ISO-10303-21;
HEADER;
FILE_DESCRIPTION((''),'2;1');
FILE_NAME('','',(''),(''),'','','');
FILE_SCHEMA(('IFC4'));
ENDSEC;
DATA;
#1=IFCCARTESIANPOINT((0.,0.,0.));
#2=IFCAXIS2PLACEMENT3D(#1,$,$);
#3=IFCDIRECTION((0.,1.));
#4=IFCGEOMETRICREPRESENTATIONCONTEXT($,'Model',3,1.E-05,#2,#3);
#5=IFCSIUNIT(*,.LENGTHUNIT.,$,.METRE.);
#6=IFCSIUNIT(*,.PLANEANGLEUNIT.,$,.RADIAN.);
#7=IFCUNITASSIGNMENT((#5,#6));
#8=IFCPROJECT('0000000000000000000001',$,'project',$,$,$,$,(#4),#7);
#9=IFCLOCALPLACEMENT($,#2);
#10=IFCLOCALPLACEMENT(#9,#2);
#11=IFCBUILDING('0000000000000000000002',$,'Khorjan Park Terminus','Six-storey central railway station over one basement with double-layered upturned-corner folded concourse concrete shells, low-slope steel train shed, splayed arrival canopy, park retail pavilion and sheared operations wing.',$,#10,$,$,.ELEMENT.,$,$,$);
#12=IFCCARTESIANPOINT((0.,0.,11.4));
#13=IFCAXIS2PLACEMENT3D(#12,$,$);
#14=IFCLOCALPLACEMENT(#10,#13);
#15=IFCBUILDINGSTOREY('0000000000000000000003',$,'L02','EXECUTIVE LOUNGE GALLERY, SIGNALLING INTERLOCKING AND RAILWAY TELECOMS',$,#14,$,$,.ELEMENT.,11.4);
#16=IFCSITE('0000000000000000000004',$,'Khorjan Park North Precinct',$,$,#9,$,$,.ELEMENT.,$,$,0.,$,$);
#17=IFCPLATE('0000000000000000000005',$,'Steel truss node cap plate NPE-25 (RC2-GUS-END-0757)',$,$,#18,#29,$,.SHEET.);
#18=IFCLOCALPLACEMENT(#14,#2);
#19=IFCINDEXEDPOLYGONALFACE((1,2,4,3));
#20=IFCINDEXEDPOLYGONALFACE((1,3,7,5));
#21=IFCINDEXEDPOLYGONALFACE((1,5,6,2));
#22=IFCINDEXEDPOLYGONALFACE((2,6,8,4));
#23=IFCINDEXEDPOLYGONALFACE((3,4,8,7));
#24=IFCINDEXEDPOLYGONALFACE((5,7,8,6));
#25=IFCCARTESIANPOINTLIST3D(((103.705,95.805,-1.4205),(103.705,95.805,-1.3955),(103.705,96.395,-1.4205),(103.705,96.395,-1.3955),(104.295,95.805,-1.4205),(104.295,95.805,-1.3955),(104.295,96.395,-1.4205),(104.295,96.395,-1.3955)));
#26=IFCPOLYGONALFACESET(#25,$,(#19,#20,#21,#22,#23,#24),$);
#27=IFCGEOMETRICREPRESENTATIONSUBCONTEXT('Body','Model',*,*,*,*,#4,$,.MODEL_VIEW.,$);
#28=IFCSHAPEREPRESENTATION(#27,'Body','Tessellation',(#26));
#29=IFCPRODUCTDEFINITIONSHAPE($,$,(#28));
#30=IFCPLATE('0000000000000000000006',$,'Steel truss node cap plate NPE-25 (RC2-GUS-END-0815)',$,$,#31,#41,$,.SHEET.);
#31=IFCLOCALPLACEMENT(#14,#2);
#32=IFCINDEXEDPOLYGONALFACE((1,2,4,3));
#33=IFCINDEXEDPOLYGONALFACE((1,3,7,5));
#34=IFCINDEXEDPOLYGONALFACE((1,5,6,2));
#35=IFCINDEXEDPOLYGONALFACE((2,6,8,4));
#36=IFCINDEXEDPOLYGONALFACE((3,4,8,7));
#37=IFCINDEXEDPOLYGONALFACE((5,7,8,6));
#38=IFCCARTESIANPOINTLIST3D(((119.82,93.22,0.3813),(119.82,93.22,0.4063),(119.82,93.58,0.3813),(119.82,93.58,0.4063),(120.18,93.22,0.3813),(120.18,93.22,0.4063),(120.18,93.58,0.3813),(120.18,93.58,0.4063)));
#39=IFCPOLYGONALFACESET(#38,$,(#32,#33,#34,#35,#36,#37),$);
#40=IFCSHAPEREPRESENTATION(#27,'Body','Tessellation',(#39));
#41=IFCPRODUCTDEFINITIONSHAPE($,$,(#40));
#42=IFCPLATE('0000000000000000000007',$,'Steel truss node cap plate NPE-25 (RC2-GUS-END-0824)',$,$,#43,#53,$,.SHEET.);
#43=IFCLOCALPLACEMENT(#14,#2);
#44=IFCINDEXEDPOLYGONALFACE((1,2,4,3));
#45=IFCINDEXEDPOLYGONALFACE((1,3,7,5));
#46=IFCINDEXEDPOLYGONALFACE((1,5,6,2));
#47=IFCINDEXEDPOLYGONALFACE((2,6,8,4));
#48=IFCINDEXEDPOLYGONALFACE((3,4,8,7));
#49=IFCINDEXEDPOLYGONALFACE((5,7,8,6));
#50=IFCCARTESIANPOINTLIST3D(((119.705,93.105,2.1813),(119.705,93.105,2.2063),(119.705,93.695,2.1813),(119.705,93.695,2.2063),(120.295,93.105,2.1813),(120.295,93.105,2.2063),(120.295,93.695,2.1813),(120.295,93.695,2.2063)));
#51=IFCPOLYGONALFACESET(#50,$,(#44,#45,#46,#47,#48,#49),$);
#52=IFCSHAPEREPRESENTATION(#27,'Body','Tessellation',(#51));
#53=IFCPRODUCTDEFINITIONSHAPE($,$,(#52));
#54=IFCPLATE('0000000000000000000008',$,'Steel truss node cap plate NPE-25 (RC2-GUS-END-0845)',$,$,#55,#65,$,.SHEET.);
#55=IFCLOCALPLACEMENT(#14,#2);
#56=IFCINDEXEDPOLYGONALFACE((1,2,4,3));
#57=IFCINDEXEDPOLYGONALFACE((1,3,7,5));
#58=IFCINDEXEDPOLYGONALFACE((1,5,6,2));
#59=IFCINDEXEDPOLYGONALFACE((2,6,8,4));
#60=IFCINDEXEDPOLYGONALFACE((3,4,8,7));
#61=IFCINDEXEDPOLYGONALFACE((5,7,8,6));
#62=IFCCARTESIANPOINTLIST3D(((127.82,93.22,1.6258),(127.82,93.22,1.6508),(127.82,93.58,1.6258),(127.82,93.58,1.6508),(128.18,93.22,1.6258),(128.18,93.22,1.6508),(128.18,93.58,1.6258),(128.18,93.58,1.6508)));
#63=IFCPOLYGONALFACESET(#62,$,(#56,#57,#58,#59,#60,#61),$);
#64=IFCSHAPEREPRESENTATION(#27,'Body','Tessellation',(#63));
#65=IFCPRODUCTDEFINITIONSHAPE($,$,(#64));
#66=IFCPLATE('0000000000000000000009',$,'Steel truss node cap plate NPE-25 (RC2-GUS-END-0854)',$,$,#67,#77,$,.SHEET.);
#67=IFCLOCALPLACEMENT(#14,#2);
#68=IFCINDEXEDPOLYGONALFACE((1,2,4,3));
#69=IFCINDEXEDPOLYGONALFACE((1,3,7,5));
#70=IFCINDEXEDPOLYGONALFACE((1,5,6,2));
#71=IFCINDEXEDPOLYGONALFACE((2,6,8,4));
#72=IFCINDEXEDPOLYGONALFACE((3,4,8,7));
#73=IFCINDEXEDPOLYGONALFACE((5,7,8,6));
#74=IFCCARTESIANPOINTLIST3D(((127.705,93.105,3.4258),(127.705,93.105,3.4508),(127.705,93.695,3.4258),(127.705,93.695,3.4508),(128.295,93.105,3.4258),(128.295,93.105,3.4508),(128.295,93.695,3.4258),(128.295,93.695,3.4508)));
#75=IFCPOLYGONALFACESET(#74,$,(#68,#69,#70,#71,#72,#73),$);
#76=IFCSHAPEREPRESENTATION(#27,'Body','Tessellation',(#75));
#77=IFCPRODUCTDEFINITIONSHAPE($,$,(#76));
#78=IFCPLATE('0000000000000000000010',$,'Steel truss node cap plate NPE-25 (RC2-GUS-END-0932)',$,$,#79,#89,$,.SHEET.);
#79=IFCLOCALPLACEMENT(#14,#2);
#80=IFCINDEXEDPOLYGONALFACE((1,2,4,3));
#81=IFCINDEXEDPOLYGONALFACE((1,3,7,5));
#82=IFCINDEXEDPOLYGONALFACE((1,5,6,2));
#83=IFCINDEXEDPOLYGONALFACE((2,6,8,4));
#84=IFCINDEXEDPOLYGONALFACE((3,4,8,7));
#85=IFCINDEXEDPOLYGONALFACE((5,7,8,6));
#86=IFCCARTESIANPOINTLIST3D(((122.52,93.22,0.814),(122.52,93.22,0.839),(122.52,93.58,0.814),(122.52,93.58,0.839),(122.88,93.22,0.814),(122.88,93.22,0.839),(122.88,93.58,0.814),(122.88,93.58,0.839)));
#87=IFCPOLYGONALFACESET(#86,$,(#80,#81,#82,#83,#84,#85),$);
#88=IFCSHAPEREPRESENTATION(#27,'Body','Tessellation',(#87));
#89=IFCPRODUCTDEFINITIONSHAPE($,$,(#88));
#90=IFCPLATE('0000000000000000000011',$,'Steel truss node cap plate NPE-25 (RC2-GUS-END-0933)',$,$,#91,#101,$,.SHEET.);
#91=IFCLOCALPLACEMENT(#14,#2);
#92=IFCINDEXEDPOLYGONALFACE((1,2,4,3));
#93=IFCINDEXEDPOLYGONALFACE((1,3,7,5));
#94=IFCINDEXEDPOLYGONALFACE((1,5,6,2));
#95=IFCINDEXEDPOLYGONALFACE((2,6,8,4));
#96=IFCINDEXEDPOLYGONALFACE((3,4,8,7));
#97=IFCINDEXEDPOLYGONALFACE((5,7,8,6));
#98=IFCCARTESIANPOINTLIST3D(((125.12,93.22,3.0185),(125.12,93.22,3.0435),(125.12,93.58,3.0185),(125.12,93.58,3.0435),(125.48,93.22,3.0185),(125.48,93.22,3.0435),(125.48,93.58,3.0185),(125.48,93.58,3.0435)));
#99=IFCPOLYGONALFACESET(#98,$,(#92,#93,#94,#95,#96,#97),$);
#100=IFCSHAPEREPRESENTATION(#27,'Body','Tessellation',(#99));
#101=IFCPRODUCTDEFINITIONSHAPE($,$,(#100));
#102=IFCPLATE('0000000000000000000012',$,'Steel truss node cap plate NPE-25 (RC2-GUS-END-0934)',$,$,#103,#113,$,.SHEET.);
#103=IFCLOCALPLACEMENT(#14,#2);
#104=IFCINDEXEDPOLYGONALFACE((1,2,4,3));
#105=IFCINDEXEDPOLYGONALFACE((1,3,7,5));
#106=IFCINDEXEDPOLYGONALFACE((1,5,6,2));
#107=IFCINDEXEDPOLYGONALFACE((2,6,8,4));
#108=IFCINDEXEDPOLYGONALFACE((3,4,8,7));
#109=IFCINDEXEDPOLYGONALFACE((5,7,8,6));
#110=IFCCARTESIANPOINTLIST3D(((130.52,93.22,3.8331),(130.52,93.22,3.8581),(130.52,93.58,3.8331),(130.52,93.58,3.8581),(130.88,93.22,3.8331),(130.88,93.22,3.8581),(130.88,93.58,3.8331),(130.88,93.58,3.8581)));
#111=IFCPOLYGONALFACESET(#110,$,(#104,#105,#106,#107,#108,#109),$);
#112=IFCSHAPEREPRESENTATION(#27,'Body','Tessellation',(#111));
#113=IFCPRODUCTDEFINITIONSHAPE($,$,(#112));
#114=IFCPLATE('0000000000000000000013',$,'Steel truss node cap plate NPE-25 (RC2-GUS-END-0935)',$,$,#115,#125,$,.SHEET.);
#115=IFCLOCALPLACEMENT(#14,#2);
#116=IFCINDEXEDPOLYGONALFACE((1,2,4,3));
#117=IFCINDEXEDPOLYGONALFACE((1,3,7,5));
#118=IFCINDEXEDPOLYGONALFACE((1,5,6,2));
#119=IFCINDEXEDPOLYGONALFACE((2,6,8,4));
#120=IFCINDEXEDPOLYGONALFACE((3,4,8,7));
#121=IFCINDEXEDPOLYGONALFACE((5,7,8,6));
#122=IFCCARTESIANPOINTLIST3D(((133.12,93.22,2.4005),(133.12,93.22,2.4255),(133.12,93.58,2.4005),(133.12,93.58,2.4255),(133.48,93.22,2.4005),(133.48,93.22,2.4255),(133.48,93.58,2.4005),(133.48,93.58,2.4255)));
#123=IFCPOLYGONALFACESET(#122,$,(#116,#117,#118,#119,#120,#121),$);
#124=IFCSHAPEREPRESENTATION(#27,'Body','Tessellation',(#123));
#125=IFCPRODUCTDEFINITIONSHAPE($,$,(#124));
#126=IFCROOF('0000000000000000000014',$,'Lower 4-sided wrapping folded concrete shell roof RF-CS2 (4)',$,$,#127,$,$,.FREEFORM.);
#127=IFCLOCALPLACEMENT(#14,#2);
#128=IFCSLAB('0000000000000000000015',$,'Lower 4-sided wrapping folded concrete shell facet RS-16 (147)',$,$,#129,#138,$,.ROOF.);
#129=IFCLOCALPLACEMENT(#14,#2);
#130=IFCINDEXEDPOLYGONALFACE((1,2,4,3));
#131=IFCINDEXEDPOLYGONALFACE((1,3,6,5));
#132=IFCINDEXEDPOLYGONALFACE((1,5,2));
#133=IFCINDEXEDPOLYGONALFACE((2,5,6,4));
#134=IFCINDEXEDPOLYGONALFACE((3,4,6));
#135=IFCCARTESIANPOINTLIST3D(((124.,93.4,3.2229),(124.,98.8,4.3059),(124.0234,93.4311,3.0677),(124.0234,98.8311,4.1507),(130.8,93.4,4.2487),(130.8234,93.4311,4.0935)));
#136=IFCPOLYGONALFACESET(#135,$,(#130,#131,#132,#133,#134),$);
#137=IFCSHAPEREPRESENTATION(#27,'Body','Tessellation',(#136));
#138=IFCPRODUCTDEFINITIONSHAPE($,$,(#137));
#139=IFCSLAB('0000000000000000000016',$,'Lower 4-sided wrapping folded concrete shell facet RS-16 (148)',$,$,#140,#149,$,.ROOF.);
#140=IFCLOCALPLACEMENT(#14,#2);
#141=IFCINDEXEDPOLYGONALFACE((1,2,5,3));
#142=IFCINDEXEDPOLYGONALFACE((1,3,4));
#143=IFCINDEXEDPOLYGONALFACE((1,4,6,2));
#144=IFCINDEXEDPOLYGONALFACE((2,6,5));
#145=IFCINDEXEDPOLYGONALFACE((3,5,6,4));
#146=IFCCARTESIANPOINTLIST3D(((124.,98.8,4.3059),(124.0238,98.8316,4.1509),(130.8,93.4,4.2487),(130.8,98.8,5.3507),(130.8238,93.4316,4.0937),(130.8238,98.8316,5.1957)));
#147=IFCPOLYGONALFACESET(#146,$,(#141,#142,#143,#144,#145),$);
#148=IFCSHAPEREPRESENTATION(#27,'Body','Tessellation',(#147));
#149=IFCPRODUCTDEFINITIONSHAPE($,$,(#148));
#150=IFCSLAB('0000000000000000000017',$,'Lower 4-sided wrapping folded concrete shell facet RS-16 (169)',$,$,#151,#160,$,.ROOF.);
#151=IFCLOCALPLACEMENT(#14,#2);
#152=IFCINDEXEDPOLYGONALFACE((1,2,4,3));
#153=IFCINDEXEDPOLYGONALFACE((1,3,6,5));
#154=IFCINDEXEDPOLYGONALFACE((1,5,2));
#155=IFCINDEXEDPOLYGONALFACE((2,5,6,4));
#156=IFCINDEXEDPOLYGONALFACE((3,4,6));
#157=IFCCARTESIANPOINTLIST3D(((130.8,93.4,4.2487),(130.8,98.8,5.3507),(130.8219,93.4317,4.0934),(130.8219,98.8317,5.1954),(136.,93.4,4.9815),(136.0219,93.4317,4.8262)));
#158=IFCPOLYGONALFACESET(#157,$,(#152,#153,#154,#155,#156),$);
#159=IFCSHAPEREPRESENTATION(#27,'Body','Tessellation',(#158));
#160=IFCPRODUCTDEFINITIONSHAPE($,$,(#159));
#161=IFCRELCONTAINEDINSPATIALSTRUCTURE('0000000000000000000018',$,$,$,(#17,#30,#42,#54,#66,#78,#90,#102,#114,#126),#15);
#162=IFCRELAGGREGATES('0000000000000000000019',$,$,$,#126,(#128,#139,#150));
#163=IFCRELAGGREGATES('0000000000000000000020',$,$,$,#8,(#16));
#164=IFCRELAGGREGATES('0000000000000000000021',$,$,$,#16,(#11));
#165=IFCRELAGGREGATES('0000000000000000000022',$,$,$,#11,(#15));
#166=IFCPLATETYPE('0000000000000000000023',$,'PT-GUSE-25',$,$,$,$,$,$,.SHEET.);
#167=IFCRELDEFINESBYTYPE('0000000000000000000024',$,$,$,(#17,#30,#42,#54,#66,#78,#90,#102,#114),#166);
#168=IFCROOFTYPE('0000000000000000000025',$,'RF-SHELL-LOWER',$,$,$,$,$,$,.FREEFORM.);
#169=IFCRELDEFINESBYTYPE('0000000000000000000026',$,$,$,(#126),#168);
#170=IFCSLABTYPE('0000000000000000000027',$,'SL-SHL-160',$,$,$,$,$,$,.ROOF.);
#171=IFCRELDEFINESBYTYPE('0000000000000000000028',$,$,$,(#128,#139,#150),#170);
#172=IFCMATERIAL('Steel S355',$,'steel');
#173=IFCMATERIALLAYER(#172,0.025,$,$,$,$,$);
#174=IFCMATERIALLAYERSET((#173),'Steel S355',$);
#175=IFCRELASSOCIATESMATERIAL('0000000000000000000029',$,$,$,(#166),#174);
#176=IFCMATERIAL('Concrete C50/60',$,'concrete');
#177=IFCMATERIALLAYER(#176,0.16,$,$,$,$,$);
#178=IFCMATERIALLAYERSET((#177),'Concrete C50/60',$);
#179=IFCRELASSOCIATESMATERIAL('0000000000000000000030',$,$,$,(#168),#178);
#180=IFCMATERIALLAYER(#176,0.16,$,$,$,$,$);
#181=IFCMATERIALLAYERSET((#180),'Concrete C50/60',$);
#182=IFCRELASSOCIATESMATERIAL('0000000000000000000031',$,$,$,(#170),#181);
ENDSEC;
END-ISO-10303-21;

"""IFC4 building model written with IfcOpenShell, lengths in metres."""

from ifc_helpers import new_model, si_unit, direction, frame, origin, origin_2d, place, context, subcontext, project, spatial, polyline, rectangle, outline, extrude, material, layer, layer_set, type_object, element, aggregate, save


model = new_model("IFC4")

# Units and contexts
model_context = context("Model", 3, precision=1e-05, world=origin(), true_north=direction((0.0, 1.0)))
body_context = subcontext(model_context, "Body", "Model", "MODEL_VIEW")
ifc_project = project(units=[si_unit("LENGTHUNIT", "METRE"), si_unit("PLANEANGLEUNIT", "RADIAN")], contexts=[model_context])

# Site, building, storey
site_placement = place(None, origin())
site = spatial("IfcSite", under=ifc_project, at=site_placement, Name="Khorjan Park North Precinct", CompositionType="ELEMENT", RefElevation=0.0)
building_placement = place(site_placement, origin())
building = spatial("IfcBuilding", under=site, at=building_placement, Name="Khorjan Park Terminus", Description="Six-storey central railway station over one basement with double-layered upturned-corner folded concourse concrete shells, low-slope steel train shed, splayed arrival canopy, park retail pavilion and sheared operations wing.", CompositionType="ELEMENT")
storey_placement = place(building_placement, frame((0.0, 0.0, 11.4)))
storey = spatial("IfcBuildingStorey", under=building, at=storey_placement, Name="L02", Description="EXECUTIVE LOUNGE GALLERY, SIGNALLING INTERLOCKING AND RAILWAY TELECOMS", CompositionType="ELEMENT", Elevation=11.4)

# Shared definitions
ifc_material_1 = material(Name="Steel S355", Category="steel")

# Plates
ifc_layer_1 = layer(ifc_material_1, 0.025)
ifc_layer_set_1 = layer_set([ifc_layer_1], Name="Steel S355")
plate_type = type_object("IfcPlateType", Name="PT-GUSE-25", PredefinedType="SHEET", material=ifc_layer_set_1)
plate_1_placement = place(storey_placement, frame((104.0, 96.1, -1.4205), z_axis=(0.0, 0.0, 1.0), x_axis=(1.0, 0.0, 0.0)))
element("IfcPlate", 1, at=plate_1_placement, inside=storey, type_object=plate_type, Name="Steel truss node cap plate NPE-25 (RC2-GUS-END-0757)", PredefinedType="SHEET", context=body_context, shape_type="SweptSolid", body=[
    extrude(rectangle(XDim=0.59, YDim=0.59, at=origin_2d()), origin(), (0.0, 0.0, 1.0), 0.025),
])
plate_2_placement = place(storey_placement, frame((120.0, 93.4, 0.3813), z_axis=(0.0, 0.0, 1.0), x_axis=(1.0, 0.0, 0.0)))
element("IfcPlate", 2, at=plate_2_placement, inside=storey, type_object=plate_type, Name="Steel truss node cap plate NPE-25 (RC2-GUS-END-0815)", PredefinedType="SHEET", context=body_context, shape_type="SweptSolid", body=[
    extrude(rectangle(XDim=0.36, YDim=0.36, at=origin_2d()), origin(), (0.0, 0.0, 1.0), 0.025),
])
plate_3_placement = place(storey_placement, frame((120.0, 93.4, 2.1813), z_axis=(0.0, 0.0, 1.0), x_axis=(1.0, 0.0, 0.0)))
element("IfcPlate", 3, at=plate_3_placement, inside=storey, type_object=plate_type, Name="Steel truss node cap plate NPE-25 (RC2-GUS-END-0824)", PredefinedType="SHEET", context=body_context, shape_type="SweptSolid", body=[
    extrude(rectangle(XDim=0.59, YDim=0.59, at=origin_2d()), origin(), (0.0, 0.0, 1.0), 0.025),
])
plate_4_placement = place(storey_placement, frame((128.0, 93.4, 1.6258), z_axis=(0.0, 0.0, 1.0), x_axis=(1.0, 0.0, 0.0)))
element("IfcPlate", 4, at=plate_4_placement, inside=storey, type_object=plate_type, Name="Steel truss node cap plate NPE-25 (RC2-GUS-END-0845)", PredefinedType="SHEET", context=body_context, shape_type="SweptSolid", body=[
    extrude(rectangle(XDim=0.36, YDim=0.36, at=origin_2d()), origin(), (0.0, 0.0, 1.0), 0.025),
])
plate_5_placement = place(storey_placement, frame((128.0, 93.4, 3.4258), z_axis=(0.0, 0.0, 1.0), x_axis=(1.0, 0.0, 0.0)))
element("IfcPlate", 5, at=plate_5_placement, inside=storey, type_object=plate_type, Name="Steel truss node cap plate NPE-25 (RC2-GUS-END-0854)", PredefinedType="SHEET", context=body_context, shape_type="SweptSolid", body=[
    extrude(rectangle(XDim=0.59, YDim=0.59, at=origin_2d()), origin(), (0.0, 0.0, 1.0), 0.025),
])
for number, where, z_axis, x_axis, name in (
    (6, (122.7, 93.4, 0.814), (0.0, 0.0, 1.0), (1.0, 0.0, 0.0), "Steel truss node cap plate NPE-25 (RC2-GUS-END-0932)"),
    (7, (125.3, 93.4, 3.0185), (0.0, 0.0, 1.0), (1.0, 0.0, 0.0), "Steel truss node cap plate NPE-25 (RC2-GUS-END-0933)"),
    (8, (130.7, 93.4, 3.8331), (0.0, 0.0, 1.0), (1.0, 0.0, 0.0), "Steel truss node cap plate NPE-25 (RC2-GUS-END-0934)"),
    (9, (133.3, 93.4, 2.4005), (0.0, 0.0, 1.0), (1.0, 0.0, 0.0), "Steel truss node cap plate NPE-25 (RC2-GUS-END-0935)"),
):
    element("IfcPlate", number, at=place(storey_placement, frame(where, z_axis=z_axis, x_axis=x_axis)), inside=storey, type_object=plate_type, Name=name, PredefinedType="SHEET", context=body_context, shape_type="SweptSolid", body=[
        extrude(rectangle(XDim=0.36, YDim=0.36, at=origin_2d()), origin(), (0.0, 0.0, 1.0), 0.025),
    ])

# Roof, slabs
ifc_material_2 = material(Name="Concrete C50/60", Category="concrete")
ifc_layer_2 = layer(ifc_material_2, 0.16)
ifc_layer_set_2 = layer_set([ifc_layer_2], Name="Concrete C50/60")
roof_type = type_object("IfcRoofType", Name="RF-SHELL-LOWER", PredefinedType="FREEFORM", material=ifc_layer_set_2)
roof_placement = place(storey_placement, origin())
roof = element("IfcRoof", 10, at=roof_placement, inside=storey, type_object=roof_type, Name="Lower 4-sided wrapping folded concrete shell roof RF-CS2 (4)", PredefinedType="FREEFORM")
ifc_layer_3 = layer(ifc_material_2, 0.16)
ifc_layer_set_3 = layer_set([ifc_layer_3], Name="Concrete C50/60")
slab_type = type_object("IfcSlabType", Name="SL-SHL-160", PredefinedType="ROOF", material=ifc_layer_set_3)
slab_1_placement = place(storey_placement, frame((124.0, 93.4, 3.2229), z_axis=(-0.146316, -0.194524, 0.969924), x_axis=(0.988812, 0.0, 0.149165)))
slab_1 = element("IfcSlab", 11, at=slab_1_placement, type_object=slab_type, Name="Lower 4-sided wrapping folded concrete shell facet RS-16 (147)", PredefinedType="ROOF", context=body_context, shape_type="SweptSolid", body=[
    extrude(outline(polyline([(0.0, 0.0), (6.8769, 0.0), (0.1615, 5.5052), (0.0, 0.0)])), origin(), (0.0, 0.0, -1.0), 0.16),
])
slab_2_placement = place(storey_placement, frame((130.8, 93.4, 4.2487), z_axis=(-0.148867, -0.197725, 0.968888), x_axis=(0.0, 0.979806, 0.199953)))
slab_2 = element("IfcSlab", 12, at=slab_2_placement, type_object=slab_type, Name="Lower 4-sided wrapping folded concrete shell facet RS-16 (148)", PredefinedType="ROOF", context=body_context, shape_type="SweptSolid", body=[
    extrude(outline(polyline([(0.0, 0.0), (5.5113, 0.0), (5.3024, 6.8766), (0.0, 0.0)])), origin(), (0.0, 0.0, -1.0), 0.16),
])
slab_3_placement = place(storey_placement, frame((130.8, 93.4, 4.2487), z_axis=(-0.136779, -0.198074, 0.970597), x_axis=(0.990216, 0.0, 0.139544)))
slab_3 = element("IfcSlab", 13, at=slab_3_placement, type_object=slab_type, Name="Lower 4-sided wrapping folded concrete shell facet RS-16 (169)", PredefinedType="ROOF", context=body_context, shape_type="SweptSolid", body=[
    extrude(outline(polyline([(0.0, 0.0), (5.2514, 0.0), (0.1538, 5.5092), (0.0, 0.0)])), origin(), (0.0, 0.0, -1.0), 0.16),
])
aggregate(roof, [slab_1, slab_2, slab_3])

save(model, "model.ifc")
